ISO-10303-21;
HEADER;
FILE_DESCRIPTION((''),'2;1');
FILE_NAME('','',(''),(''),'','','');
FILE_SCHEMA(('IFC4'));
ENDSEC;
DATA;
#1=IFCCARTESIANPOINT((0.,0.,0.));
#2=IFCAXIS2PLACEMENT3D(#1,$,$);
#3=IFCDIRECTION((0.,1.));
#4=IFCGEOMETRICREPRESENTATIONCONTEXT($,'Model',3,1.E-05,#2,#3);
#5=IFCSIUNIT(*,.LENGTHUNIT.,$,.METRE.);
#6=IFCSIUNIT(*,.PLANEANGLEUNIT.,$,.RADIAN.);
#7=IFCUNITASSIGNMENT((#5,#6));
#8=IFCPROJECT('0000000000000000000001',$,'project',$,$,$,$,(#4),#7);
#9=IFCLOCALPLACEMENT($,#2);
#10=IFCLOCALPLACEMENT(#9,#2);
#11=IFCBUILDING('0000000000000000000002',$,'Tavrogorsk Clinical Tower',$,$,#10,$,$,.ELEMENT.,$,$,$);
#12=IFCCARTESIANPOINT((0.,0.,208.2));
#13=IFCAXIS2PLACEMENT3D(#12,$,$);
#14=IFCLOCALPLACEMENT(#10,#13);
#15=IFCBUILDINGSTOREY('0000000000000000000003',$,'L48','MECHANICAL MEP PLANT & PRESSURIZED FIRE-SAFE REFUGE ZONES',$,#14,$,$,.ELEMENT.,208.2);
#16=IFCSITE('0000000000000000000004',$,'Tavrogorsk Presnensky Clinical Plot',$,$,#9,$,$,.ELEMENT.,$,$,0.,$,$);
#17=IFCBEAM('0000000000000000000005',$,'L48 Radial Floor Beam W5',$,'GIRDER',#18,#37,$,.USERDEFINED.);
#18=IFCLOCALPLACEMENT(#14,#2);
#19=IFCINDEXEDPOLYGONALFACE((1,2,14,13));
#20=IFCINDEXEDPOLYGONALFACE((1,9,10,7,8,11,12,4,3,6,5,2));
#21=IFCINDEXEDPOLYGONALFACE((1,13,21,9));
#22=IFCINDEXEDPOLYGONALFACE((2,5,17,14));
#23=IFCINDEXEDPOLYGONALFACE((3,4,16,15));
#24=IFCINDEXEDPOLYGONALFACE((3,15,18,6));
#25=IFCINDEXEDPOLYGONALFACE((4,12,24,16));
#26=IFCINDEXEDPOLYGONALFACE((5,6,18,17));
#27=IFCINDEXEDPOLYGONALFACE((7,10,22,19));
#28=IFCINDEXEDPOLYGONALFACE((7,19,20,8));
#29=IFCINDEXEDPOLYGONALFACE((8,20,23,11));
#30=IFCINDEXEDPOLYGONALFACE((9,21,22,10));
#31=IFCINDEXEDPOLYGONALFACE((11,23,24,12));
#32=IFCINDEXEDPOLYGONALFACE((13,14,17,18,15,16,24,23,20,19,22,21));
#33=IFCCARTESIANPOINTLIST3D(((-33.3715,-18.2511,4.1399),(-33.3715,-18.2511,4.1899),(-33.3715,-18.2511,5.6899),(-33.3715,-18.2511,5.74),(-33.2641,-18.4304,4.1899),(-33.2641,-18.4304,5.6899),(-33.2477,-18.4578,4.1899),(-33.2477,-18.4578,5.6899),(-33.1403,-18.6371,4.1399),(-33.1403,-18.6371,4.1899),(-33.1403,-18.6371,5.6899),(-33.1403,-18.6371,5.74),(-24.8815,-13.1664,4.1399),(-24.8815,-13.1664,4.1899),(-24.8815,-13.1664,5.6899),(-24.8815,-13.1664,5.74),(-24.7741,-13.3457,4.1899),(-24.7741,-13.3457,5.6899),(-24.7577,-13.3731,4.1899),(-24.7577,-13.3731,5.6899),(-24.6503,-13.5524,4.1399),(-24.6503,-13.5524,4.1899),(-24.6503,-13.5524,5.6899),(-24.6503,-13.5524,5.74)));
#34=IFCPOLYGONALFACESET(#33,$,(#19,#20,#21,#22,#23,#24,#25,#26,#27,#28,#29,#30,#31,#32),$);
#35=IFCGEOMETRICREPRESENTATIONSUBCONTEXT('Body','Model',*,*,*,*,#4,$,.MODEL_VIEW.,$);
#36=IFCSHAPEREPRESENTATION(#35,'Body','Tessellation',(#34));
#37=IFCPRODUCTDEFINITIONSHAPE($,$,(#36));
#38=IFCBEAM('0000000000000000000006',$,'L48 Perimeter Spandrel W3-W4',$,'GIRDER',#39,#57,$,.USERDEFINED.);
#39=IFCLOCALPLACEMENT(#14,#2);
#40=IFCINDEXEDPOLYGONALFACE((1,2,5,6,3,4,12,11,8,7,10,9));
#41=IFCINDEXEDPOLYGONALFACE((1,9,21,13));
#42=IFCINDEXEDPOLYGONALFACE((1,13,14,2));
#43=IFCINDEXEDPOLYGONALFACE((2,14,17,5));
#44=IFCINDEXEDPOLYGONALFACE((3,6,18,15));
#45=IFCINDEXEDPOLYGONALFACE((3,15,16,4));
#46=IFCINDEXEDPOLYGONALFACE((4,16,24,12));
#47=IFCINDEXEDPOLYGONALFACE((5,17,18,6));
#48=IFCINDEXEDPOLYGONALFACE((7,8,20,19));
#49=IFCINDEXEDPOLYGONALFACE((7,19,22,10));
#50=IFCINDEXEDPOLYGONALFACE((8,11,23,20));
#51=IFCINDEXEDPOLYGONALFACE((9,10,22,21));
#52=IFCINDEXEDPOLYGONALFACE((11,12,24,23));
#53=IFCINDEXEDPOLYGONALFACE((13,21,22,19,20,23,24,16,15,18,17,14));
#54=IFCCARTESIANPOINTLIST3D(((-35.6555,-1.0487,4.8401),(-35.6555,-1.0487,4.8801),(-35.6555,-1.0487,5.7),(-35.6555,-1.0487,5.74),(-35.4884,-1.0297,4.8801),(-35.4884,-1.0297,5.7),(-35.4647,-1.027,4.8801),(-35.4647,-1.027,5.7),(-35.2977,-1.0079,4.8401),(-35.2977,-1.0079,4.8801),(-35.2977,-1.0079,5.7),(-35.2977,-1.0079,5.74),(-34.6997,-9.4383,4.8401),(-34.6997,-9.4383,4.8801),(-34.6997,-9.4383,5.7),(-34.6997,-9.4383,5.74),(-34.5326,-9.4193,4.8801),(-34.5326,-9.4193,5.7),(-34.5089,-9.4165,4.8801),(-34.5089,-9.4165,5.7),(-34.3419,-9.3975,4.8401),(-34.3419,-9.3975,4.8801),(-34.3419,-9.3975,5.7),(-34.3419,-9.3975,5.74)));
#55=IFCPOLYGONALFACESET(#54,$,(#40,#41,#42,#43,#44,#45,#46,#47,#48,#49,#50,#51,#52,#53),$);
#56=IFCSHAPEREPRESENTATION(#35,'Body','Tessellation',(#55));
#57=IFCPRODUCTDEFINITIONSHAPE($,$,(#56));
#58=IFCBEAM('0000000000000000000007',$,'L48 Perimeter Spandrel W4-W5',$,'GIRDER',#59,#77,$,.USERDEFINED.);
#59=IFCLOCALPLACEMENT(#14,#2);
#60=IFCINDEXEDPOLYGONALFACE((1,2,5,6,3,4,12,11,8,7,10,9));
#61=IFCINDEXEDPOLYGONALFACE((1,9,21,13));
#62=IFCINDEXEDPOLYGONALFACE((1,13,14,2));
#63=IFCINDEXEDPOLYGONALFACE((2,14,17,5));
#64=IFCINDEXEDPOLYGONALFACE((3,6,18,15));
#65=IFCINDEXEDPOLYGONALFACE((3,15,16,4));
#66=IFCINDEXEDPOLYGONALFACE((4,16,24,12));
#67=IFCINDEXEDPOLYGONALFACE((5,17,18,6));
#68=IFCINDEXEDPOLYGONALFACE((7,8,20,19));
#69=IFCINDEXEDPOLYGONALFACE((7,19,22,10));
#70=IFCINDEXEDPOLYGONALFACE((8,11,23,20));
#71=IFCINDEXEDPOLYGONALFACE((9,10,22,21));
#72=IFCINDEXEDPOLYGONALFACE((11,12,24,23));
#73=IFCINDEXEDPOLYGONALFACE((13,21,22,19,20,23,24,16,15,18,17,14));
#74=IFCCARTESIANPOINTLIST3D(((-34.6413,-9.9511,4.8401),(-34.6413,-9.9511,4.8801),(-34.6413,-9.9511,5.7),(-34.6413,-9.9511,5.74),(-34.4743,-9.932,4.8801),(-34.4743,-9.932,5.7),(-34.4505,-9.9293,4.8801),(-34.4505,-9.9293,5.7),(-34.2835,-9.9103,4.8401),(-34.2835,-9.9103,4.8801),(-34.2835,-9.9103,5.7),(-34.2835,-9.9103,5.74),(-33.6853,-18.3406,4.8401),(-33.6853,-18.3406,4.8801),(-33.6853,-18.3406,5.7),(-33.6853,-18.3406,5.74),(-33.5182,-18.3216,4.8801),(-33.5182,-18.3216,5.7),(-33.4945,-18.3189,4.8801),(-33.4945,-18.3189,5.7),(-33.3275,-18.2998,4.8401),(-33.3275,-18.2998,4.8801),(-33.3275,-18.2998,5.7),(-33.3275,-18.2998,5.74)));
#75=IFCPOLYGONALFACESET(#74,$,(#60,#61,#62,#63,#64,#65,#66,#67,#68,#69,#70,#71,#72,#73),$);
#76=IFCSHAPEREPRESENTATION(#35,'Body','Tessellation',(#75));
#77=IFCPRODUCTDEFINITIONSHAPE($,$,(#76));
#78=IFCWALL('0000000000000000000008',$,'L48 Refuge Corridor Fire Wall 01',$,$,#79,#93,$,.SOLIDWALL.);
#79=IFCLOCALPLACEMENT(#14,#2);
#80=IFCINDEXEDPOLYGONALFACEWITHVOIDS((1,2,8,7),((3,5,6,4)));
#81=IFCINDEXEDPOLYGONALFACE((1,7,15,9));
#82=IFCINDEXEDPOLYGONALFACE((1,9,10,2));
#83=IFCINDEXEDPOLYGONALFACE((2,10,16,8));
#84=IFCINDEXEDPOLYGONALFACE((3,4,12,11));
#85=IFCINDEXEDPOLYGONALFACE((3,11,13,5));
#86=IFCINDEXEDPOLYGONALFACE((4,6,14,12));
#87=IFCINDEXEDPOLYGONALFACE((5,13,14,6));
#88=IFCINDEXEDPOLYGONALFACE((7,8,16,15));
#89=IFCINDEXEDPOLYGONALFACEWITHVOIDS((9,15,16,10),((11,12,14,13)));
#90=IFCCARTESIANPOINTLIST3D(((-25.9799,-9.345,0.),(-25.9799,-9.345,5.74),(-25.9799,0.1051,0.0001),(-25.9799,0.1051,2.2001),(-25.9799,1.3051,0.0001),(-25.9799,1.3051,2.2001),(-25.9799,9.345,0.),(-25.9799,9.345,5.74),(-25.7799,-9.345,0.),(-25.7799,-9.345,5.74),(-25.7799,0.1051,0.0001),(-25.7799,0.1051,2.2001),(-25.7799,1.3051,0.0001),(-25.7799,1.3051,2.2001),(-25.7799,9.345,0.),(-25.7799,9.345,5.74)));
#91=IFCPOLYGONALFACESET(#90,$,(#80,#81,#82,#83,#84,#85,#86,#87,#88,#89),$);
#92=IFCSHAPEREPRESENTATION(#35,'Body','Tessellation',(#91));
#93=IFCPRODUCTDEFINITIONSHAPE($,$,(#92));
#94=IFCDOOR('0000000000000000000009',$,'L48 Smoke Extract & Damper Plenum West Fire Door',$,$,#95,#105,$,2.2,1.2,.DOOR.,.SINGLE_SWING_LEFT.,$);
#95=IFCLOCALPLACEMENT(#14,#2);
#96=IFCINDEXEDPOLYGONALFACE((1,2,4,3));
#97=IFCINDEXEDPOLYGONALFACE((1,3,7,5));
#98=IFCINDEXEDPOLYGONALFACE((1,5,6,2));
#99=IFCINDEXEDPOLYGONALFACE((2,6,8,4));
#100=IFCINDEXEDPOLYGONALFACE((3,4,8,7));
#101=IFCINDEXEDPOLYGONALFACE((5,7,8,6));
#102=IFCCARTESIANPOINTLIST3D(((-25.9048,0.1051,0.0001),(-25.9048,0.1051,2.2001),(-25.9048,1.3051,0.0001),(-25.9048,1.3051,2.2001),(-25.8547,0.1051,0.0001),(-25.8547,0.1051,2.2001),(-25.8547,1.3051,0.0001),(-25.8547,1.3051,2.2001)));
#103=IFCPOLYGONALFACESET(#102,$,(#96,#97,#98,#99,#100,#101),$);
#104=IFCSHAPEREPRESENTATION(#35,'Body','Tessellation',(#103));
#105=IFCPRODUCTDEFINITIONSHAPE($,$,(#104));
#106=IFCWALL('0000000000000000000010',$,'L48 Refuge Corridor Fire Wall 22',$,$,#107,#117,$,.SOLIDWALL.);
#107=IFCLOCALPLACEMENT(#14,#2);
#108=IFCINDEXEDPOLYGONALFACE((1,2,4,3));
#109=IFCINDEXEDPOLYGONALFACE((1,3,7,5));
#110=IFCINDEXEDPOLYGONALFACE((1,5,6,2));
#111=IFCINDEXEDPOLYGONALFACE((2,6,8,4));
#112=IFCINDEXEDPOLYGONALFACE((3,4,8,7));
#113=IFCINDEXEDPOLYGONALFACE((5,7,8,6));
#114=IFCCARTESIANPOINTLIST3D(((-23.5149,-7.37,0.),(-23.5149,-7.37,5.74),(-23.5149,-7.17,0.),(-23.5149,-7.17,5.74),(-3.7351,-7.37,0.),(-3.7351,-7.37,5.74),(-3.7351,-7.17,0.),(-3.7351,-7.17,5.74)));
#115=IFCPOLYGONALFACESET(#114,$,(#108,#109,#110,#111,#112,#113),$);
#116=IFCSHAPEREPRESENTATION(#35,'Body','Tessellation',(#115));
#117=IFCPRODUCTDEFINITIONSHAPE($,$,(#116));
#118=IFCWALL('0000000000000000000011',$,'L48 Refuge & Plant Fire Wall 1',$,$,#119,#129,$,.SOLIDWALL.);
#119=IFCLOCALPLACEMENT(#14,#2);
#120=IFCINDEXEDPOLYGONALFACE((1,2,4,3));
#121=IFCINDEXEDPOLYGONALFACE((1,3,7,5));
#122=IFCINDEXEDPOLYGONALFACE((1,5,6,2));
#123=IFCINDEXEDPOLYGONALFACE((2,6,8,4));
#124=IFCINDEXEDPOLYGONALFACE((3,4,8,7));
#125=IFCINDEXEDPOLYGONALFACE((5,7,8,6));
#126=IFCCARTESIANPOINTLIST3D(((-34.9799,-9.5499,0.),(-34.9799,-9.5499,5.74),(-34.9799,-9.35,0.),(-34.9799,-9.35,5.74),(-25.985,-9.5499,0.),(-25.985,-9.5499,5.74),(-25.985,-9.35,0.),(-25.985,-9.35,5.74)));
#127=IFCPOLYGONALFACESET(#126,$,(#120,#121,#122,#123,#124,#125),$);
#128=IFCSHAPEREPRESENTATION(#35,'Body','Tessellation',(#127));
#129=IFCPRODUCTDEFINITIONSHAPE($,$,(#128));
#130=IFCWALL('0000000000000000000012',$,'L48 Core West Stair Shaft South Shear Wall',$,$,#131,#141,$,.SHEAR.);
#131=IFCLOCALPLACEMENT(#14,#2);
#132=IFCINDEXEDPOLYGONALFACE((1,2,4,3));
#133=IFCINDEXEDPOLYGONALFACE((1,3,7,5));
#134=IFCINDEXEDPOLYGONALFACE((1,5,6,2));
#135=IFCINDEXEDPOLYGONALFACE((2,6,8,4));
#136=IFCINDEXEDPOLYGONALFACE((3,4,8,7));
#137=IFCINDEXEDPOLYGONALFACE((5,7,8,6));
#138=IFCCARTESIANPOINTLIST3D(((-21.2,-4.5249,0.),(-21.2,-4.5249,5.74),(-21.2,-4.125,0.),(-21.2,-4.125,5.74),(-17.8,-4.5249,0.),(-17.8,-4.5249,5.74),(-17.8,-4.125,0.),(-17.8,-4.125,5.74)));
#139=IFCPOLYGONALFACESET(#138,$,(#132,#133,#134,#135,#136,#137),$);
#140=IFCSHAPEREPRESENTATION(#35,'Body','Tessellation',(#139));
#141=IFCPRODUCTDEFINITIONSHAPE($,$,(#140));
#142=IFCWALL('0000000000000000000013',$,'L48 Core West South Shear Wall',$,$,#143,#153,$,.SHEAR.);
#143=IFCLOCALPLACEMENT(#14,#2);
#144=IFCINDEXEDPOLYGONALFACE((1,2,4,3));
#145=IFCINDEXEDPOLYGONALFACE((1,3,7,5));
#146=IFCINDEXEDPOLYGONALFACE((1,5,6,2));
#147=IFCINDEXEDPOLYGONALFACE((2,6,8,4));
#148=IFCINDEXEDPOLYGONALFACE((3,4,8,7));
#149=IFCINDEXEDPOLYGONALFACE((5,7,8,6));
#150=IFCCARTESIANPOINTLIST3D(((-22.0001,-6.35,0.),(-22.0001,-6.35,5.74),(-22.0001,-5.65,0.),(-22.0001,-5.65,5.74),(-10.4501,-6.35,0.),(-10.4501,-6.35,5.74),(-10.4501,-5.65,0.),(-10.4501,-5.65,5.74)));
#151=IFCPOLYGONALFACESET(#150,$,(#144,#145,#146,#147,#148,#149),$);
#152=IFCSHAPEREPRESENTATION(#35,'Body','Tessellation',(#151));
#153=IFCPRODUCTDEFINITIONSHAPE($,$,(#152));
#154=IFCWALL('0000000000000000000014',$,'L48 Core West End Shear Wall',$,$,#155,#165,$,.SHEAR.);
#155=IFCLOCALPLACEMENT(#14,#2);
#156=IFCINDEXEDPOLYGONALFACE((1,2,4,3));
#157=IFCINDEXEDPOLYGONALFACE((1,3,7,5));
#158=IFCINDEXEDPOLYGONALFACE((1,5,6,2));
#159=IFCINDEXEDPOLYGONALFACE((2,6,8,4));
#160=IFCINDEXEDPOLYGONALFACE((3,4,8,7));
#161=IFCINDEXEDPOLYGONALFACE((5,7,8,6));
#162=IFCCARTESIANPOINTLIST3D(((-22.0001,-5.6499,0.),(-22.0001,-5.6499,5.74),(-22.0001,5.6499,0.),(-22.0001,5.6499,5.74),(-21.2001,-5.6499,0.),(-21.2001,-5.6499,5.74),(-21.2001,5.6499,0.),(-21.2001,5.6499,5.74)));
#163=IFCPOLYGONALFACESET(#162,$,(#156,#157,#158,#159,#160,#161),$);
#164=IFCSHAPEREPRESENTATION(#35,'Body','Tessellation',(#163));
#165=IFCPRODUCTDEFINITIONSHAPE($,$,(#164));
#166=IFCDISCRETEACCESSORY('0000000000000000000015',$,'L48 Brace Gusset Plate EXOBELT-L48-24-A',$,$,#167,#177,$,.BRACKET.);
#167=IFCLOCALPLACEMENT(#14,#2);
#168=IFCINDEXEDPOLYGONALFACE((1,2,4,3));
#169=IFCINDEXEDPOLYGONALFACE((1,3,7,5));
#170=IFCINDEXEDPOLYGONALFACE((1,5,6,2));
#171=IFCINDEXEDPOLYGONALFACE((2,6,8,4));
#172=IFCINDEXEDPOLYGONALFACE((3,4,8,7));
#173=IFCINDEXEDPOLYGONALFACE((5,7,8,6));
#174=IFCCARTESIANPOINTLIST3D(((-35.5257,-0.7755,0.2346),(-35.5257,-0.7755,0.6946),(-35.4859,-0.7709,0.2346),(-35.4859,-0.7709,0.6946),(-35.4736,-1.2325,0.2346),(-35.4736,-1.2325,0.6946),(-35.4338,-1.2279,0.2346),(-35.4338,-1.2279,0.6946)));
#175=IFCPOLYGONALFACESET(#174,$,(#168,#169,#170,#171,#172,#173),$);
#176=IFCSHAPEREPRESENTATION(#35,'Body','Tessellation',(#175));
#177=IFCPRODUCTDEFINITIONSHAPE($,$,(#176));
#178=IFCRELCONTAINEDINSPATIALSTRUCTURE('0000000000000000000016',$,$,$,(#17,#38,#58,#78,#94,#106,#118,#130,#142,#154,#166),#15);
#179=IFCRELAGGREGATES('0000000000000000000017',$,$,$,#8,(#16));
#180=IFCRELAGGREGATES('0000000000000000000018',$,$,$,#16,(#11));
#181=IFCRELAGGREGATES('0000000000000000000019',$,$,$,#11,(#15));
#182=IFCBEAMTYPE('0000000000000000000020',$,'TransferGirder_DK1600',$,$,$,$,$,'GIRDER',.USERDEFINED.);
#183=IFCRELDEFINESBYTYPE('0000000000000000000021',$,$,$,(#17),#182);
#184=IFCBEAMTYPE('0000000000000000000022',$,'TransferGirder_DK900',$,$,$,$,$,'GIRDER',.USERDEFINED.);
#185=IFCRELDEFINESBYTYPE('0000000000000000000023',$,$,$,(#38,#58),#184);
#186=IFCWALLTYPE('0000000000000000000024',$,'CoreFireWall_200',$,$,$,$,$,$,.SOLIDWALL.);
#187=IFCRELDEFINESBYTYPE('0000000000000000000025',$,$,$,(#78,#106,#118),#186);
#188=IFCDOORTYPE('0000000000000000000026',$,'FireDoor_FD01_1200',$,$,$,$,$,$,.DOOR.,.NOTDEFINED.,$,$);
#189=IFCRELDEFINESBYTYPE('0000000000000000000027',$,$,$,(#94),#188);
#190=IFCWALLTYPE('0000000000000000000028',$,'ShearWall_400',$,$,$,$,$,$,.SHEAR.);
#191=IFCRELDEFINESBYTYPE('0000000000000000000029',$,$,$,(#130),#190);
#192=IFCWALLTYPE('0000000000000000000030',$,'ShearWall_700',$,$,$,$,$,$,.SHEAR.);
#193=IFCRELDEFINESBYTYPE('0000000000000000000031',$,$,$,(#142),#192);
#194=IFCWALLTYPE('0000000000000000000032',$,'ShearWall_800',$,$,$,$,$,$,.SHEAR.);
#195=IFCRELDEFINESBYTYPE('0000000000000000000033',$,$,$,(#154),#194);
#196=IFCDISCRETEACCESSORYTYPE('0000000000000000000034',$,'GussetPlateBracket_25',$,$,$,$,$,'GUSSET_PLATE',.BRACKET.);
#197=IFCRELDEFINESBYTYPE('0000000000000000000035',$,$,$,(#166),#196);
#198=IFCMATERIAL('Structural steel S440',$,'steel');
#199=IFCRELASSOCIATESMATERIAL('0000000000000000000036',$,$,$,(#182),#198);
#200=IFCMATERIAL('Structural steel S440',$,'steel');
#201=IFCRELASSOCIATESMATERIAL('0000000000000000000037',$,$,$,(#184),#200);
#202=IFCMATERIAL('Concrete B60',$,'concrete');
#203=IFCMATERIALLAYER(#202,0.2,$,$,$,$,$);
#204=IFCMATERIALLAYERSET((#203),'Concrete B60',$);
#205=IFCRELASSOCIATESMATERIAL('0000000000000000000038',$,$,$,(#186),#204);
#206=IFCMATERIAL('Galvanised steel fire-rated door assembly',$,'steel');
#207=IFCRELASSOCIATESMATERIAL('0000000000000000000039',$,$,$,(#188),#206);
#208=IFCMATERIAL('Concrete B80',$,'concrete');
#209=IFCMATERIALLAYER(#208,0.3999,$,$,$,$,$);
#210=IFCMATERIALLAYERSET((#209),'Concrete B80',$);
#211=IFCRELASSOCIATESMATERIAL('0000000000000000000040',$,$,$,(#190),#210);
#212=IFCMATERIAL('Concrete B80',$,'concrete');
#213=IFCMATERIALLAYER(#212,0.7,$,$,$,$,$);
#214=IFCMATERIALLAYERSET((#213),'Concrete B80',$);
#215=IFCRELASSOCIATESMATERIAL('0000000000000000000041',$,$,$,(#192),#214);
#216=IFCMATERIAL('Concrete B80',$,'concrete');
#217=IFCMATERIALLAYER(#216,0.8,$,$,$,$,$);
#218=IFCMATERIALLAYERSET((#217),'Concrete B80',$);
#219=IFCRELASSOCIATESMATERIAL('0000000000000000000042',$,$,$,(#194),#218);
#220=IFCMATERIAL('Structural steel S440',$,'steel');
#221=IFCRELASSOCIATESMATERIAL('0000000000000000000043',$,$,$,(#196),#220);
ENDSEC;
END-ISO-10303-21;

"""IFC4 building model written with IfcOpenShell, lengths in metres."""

from ifc_helpers import new_model, si_unit, direction, frame, frame_2d, origin, origin_2d, place, context, subcontext, project, spatial, rectangle, i_section, extrude, material, layer, layer_set, material_profile, profile_set, type_object, element, fill, save


model = new_model("IFC4")

# Units and contexts
model_context = context("Model", 3, precision=1e-05, world=origin(), true_north=direction((0.0, 1.0)))
body_context = subcontext(model_context, "Body", "Model", "MODEL_VIEW")
ifc_project = project(units=[si_unit("LENGTHUNIT", "METRE"), si_unit("PLANEANGLEUNIT", "RADIAN")], contexts=[model_context])

# Site, building, storey
site_placement = place(None, origin())
site = spatial("IfcSite", under=ifc_project, at=site_placement, Name="Tavrogorsk Presnensky Clinical Plot", CompositionType="ELEMENT", RefElevation=0.0)
building_placement = place(site_placement, origin())
building = spatial("IfcBuilding", under=site, at=building_placement, Name="Tavrogorsk Clinical Tower", CompositionType="ELEMENT")
storey_placement = place(building_placement, frame((0.0, 0.0, 208.2)))
storey = spatial("IfcBuildingStorey", under=building, at=storey_placement, Name="L48", Description="MECHANICAL MEP PLANT & PRESSURIZED FIRE-SAFE REFUGE ZONES", CompositionType="ELEMENT", Elevation=208.2)

# Beams
ifc_material_1 = material(Name="Structural steel S440", Category="steel")
ifc_material_profile_1 = material_profile(ifc_material_1, i_section(OverallWidth=0.45, OverallDepth=1.6001, WebThickness=0.032, FlangeThickness=0.05, at=origin_2d()), Name="DK-1600x450x32x50")
ifc_profile_set_1 = profile_set([ifc_material_profile_1], Name="Structural steel S440")
beam_type_1 = type_object("IfcBeamType", Name="TransferGirder_DK1600", ElementType="GIRDER", PredefinedType="USERDEFINED", material=ifc_profile_set_1)
beam_1_placement = place(storey_placement, frame((-24.7659, -13.3594, 4.9399), z_axis=(-0.857906, -0.513806, 0.0), x_axis=(0.513806, -0.857906, 0.0)))
element("IfcBeam", 1, at=beam_1_placement, inside=storey, type_object=beam_type_1, Name="L48 Radial Floor Beam W5", ObjectType="GIRDER", PredefinedType="USERDEFINED", context=body_context, shape_type="SweptSolid", body=[
    extrude(i_section(OverallWidth=0.45, OverallDepth=1.6001, WebThickness=0.032, FlangeThickness=0.05, at=origin_2d()), origin(), (0.0, 0.0, 1.0), 9.8962),
])
ifc_material_2 = material(Name="Structural steel S440", Category="steel")
ifc_material_profile_2 = material_profile(ifc_material_2, i_section(OverallWidth=0.3601, OverallDepth=0.8999, WebThickness=0.0239, FlangeThickness=0.04, at=origin_2d()), Name="DK-900x360x24x40")
ifc_profile_set_2 = profile_set([ifc_material_profile_2], Name="Structural steel S440")
beam_type_2 = type_object("IfcBeamType", Name="TransferGirder_DK900", ElementType="GIRDER", PredefinedType="USERDEFINED", material=ifc_profile_set_2)
for number, where, z_axis, x_axis, name in (
    (2, (-35.4766, -1.0283, 5.29), (0.113195, -0.993573, 0.0), (0.993573, 0.113195, 0.0), "L48 Perimeter Spandrel W3-W4"),
    (3, (-34.4624, -9.9307, 5.29), (0.113224, -0.99357, 0.0), (0.99357, 0.113224, 0.0), "L48 Perimeter Spandrel W4-W5"),
):
    element("IfcBeam", number, at=place(storey_placement, frame(where, z_axis=z_axis, x_axis=x_axis)), inside=storey, type_object=beam_type_2, Name=name, ObjectType="GIRDER", PredefinedType="USERDEFINED", context=body_context, shape_type="SweptSolid", body=[
        extrude(i_section(OverallWidth=0.3601, OverallDepth=0.8999, WebThickness=0.0239, FlangeThickness=0.04, at=origin_2d()), origin(), (0.0, 0.0, 1.0), 8.4438),
    ])

# Wall, opening, door
ifc_material_3 = material(Name="Concrete B60", Category="concrete")
ifc_layer_1 = layer(ifc_material_3, 0.2)
ifc_layer_set_1 = layer_set([ifc_layer_1], Name="Concrete B60")
wall_type_1 = type_object("IfcWallType", Name="CoreFireWall_200", PredefinedType="SOLIDWALL", material=ifc_layer_set_1)
wall_1_placement = place(storey_placement, frame((-25.8799, -9.345, 0.0), z_axis=(0.0, 0.0, 1.0), x_axis=(0.0, 1.0, 0.0)))
wall_1 = element("IfcWall", 4, at=wall_1_placement, inside=storey, type_object=wall_type_1, Name="L48 Refuge Corridor Fire Wall 01", PredefinedType="SOLIDWALL", context=body_context, shape_type="SweptSolid", body=[
    extrude(rectangle(XDim=18.6899, YDim=0.2, at=frame_2d((9.345, 0.0))), origin(), (0.0, 0.0, 1.0), 5.74),
])
opening_placement = place(wall_1_placement, frame((9.45, 0.0, 0.0)))
opening = element("IfcOpeningElement", 5, at=opening_placement, cuts=wall_1, PredefinedType="OPENING", context=body_context, shape_type="SweptSolid", body=[
    extrude(rectangle(XDim=1.2, YDim=2.2, at=frame_2d((0.6001, 1.1001))), frame((0.0, 0.1099, 0.0), z_axis=(0.0, -1.0, 0.0), x_axis=(1.0, 0.0, 0.0)), (0.0, 0.0, 1.0), 0.22),
])
ifc_material_4 = material(Name="Galvanised steel fire-rated door assembly", Category="steel")
door_type = type_object("IfcDoorType", Name="FireDoor_FD01_1200", OperationType="NOTDEFINED", PredefinedType="DOOR", material=ifc_material_4)
door_placement = place(opening_placement, origin())
door = element("IfcDoor", 6, at=door_placement, inside=storey, type_object=door_type, Name="L48 Smoke Extract & Damper Plenum West Fire Door", OperationType="SINGLE_SWING_LEFT", OverallHeight=2.2, OverallWidth=1.2, PredefinedType="DOOR", context=body_context, shape_type="SweptSolid", body=[
    extrude(rectangle(XDim=1.2, YDim=2.2, at=frame_2d((0.6001, 1.1001))), frame((0.0, 0.0249, 0.0), z_axis=(0.0, -1.0, 0.0), x_axis=(1.0, 0.0, 0.0)), (0.0, 0.0, 1.0), 0.05),
])
fill(opening, door)

# Walls
wall_2_placement = place(storey_placement, frame((-23.5149, -7.27, 0.0), z_axis=(0.0, 0.0, 1.0), x_axis=(1.0, 0.0, 0.0)))
element("IfcWall", 7, at=wall_2_placement, inside=storey, type_object=wall_type_1, Name="L48 Refuge Corridor Fire Wall 22", PredefinedType="SOLIDWALL", context=body_context, shape_type="SweptSolid", body=[
    extrude(rectangle(XDim=19.7798, YDim=0.2, at=frame_2d((9.8899, 0.0))), origin(), (0.0, 0.0, 1.0), 5.74),
])
wall_3_placement = place(storey_placement, frame((-34.98, -9.45, 0.0), z_axis=(0.0, 0.0, 1.0), x_axis=(1.0, 0.0, 0.0)))
element("IfcWall", 8, at=wall_3_placement, inside=storey, type_object=wall_type_1, Name="L48 Refuge & Plant Fire Wall 1", PredefinedType="SOLIDWALL", context=body_context, shape_type="SweptSolid", body=[
    extrude(rectangle(XDim=8.9949, YDim=0.2, at=frame_2d((4.4976, 0.0))), origin(), (0.0, 0.0, 1.0), 5.74),
])
ifc_material_5 = material(Name="Concrete B80", Category="concrete")
ifc_layer_2 = layer(ifc_material_5, 0.3999)
ifc_layer_set_2 = layer_set([ifc_layer_2], Name="Concrete B80")
wall_type_2 = type_object("IfcWallType", Name="ShearWall_400", PredefinedType="SHEAR", material=ifc_layer_set_2)
wall_4_placement = place(storey_placement, frame((-21.2, -4.325, 0.0), z_axis=(0.0, 0.0, 1.0), x_axis=(1.0, 0.0, 0.0)))
element("IfcWall", 9, at=wall_4_placement, inside=storey, type_object=wall_type_2, Name="L48 Core West Stair Shaft South Shear Wall", PredefinedType="SHEAR", context=body_context, shape_type="SweptSolid", body=[
    extrude(rectangle(XDim=3.3999, YDim=0.3999, at=frame_2d((1.7, 0.0))), origin(), (0.0, 0.0, 1.0), 5.74),
])
ifc_material_6 = material(Name="Concrete B80", Category="concrete")
ifc_layer_3 = layer(ifc_material_6, 0.7)
ifc_layer_set_3 = layer_set([ifc_layer_3], Name="Concrete B80")
wall_type_3 = type_object("IfcWallType", Name="ShearWall_700", PredefinedType="SHEAR", material=ifc_layer_set_3)
wall_5_placement = place(storey_placement, frame((-22.0, -6.0, 0.0), z_axis=(0.0, 0.0, 1.0), x_axis=(1.0, 0.0, 0.0)))
element("IfcWall", 10, at=wall_5_placement, inside=storey, type_object=wall_type_3, Name="L48 Core West South Shear Wall", PredefinedType="SHEAR", context=body_context, shape_type="SweptSolid", body=[
    extrude(rectangle(XDim=11.55, YDim=0.7, at=frame_2d((5.7749, 0.0))), origin(), (0.0, 0.0, 1.0), 5.74),
])
ifc_material_7 = material(Name="Concrete B80", Category="concrete")
ifc_layer_4 = layer(ifc_material_7, 0.8)
ifc_layer_set_4 = layer_set([ifc_layer_4], Name="Concrete B80")
wall_type_4 = type_object("IfcWallType", Name="ShearWall_800", PredefinedType="SHEAR", material=ifc_layer_set_4)
wall_6_placement = place(storey_placement, frame((-21.6001, -5.6499, 0.0), z_axis=(0.0, 0.0, 1.0), x_axis=(0.0, 1.0, 0.0)))
element("IfcWall", 11, at=wall_6_placement, inside=storey, type_object=wall_type_4, Name="L48 Core West End Shear Wall", PredefinedType="SHEAR", context=body_context, shape_type="SweptSolid", body=[
    extrude(rectangle(XDim=11.2998, YDim=0.8, at=frame_2d((5.6499, 0.0))), origin(), (0.0, 0.0, 1.0), 5.74),
])

# Discrete accessory
ifc_material_8 = material(Name="Structural steel S440", Category="steel")
discrete_accessory_type_1 = type_object("IfcDiscreteAccessoryType", Name="GussetPlateBracket_25", ElementType="GUSSET_PLATE", PredefinedType="BRACKET", material=ifc_material_8)
for number, where, z_axis, x_axis, name in (
    (12, (-35.4797, -1.0017, 0.2346), (0.0, 0.0, 1.0), (0.113203, -0.993572, 0.0), "L48 Brace Gusset Plate EXOBELT-L48-24-A"),
):
    element("IfcDiscreteAccessory", number, at=place(storey_placement, frame(where, z_axis=z_axis, x_axis=x_axis)), inside=storey, type_object=discrete_accessory_type_1, Name=name, PredefinedType="BRACKET", context=body_context, shape_type="SweptSolid", body=[
        extrude(rectangle(XDim=0.46, YDim=0.04, at=origin_2d()), origin(), (0.0, 0.0, 1.0), 0.46),
    ])

save(model, "model.ifc")
